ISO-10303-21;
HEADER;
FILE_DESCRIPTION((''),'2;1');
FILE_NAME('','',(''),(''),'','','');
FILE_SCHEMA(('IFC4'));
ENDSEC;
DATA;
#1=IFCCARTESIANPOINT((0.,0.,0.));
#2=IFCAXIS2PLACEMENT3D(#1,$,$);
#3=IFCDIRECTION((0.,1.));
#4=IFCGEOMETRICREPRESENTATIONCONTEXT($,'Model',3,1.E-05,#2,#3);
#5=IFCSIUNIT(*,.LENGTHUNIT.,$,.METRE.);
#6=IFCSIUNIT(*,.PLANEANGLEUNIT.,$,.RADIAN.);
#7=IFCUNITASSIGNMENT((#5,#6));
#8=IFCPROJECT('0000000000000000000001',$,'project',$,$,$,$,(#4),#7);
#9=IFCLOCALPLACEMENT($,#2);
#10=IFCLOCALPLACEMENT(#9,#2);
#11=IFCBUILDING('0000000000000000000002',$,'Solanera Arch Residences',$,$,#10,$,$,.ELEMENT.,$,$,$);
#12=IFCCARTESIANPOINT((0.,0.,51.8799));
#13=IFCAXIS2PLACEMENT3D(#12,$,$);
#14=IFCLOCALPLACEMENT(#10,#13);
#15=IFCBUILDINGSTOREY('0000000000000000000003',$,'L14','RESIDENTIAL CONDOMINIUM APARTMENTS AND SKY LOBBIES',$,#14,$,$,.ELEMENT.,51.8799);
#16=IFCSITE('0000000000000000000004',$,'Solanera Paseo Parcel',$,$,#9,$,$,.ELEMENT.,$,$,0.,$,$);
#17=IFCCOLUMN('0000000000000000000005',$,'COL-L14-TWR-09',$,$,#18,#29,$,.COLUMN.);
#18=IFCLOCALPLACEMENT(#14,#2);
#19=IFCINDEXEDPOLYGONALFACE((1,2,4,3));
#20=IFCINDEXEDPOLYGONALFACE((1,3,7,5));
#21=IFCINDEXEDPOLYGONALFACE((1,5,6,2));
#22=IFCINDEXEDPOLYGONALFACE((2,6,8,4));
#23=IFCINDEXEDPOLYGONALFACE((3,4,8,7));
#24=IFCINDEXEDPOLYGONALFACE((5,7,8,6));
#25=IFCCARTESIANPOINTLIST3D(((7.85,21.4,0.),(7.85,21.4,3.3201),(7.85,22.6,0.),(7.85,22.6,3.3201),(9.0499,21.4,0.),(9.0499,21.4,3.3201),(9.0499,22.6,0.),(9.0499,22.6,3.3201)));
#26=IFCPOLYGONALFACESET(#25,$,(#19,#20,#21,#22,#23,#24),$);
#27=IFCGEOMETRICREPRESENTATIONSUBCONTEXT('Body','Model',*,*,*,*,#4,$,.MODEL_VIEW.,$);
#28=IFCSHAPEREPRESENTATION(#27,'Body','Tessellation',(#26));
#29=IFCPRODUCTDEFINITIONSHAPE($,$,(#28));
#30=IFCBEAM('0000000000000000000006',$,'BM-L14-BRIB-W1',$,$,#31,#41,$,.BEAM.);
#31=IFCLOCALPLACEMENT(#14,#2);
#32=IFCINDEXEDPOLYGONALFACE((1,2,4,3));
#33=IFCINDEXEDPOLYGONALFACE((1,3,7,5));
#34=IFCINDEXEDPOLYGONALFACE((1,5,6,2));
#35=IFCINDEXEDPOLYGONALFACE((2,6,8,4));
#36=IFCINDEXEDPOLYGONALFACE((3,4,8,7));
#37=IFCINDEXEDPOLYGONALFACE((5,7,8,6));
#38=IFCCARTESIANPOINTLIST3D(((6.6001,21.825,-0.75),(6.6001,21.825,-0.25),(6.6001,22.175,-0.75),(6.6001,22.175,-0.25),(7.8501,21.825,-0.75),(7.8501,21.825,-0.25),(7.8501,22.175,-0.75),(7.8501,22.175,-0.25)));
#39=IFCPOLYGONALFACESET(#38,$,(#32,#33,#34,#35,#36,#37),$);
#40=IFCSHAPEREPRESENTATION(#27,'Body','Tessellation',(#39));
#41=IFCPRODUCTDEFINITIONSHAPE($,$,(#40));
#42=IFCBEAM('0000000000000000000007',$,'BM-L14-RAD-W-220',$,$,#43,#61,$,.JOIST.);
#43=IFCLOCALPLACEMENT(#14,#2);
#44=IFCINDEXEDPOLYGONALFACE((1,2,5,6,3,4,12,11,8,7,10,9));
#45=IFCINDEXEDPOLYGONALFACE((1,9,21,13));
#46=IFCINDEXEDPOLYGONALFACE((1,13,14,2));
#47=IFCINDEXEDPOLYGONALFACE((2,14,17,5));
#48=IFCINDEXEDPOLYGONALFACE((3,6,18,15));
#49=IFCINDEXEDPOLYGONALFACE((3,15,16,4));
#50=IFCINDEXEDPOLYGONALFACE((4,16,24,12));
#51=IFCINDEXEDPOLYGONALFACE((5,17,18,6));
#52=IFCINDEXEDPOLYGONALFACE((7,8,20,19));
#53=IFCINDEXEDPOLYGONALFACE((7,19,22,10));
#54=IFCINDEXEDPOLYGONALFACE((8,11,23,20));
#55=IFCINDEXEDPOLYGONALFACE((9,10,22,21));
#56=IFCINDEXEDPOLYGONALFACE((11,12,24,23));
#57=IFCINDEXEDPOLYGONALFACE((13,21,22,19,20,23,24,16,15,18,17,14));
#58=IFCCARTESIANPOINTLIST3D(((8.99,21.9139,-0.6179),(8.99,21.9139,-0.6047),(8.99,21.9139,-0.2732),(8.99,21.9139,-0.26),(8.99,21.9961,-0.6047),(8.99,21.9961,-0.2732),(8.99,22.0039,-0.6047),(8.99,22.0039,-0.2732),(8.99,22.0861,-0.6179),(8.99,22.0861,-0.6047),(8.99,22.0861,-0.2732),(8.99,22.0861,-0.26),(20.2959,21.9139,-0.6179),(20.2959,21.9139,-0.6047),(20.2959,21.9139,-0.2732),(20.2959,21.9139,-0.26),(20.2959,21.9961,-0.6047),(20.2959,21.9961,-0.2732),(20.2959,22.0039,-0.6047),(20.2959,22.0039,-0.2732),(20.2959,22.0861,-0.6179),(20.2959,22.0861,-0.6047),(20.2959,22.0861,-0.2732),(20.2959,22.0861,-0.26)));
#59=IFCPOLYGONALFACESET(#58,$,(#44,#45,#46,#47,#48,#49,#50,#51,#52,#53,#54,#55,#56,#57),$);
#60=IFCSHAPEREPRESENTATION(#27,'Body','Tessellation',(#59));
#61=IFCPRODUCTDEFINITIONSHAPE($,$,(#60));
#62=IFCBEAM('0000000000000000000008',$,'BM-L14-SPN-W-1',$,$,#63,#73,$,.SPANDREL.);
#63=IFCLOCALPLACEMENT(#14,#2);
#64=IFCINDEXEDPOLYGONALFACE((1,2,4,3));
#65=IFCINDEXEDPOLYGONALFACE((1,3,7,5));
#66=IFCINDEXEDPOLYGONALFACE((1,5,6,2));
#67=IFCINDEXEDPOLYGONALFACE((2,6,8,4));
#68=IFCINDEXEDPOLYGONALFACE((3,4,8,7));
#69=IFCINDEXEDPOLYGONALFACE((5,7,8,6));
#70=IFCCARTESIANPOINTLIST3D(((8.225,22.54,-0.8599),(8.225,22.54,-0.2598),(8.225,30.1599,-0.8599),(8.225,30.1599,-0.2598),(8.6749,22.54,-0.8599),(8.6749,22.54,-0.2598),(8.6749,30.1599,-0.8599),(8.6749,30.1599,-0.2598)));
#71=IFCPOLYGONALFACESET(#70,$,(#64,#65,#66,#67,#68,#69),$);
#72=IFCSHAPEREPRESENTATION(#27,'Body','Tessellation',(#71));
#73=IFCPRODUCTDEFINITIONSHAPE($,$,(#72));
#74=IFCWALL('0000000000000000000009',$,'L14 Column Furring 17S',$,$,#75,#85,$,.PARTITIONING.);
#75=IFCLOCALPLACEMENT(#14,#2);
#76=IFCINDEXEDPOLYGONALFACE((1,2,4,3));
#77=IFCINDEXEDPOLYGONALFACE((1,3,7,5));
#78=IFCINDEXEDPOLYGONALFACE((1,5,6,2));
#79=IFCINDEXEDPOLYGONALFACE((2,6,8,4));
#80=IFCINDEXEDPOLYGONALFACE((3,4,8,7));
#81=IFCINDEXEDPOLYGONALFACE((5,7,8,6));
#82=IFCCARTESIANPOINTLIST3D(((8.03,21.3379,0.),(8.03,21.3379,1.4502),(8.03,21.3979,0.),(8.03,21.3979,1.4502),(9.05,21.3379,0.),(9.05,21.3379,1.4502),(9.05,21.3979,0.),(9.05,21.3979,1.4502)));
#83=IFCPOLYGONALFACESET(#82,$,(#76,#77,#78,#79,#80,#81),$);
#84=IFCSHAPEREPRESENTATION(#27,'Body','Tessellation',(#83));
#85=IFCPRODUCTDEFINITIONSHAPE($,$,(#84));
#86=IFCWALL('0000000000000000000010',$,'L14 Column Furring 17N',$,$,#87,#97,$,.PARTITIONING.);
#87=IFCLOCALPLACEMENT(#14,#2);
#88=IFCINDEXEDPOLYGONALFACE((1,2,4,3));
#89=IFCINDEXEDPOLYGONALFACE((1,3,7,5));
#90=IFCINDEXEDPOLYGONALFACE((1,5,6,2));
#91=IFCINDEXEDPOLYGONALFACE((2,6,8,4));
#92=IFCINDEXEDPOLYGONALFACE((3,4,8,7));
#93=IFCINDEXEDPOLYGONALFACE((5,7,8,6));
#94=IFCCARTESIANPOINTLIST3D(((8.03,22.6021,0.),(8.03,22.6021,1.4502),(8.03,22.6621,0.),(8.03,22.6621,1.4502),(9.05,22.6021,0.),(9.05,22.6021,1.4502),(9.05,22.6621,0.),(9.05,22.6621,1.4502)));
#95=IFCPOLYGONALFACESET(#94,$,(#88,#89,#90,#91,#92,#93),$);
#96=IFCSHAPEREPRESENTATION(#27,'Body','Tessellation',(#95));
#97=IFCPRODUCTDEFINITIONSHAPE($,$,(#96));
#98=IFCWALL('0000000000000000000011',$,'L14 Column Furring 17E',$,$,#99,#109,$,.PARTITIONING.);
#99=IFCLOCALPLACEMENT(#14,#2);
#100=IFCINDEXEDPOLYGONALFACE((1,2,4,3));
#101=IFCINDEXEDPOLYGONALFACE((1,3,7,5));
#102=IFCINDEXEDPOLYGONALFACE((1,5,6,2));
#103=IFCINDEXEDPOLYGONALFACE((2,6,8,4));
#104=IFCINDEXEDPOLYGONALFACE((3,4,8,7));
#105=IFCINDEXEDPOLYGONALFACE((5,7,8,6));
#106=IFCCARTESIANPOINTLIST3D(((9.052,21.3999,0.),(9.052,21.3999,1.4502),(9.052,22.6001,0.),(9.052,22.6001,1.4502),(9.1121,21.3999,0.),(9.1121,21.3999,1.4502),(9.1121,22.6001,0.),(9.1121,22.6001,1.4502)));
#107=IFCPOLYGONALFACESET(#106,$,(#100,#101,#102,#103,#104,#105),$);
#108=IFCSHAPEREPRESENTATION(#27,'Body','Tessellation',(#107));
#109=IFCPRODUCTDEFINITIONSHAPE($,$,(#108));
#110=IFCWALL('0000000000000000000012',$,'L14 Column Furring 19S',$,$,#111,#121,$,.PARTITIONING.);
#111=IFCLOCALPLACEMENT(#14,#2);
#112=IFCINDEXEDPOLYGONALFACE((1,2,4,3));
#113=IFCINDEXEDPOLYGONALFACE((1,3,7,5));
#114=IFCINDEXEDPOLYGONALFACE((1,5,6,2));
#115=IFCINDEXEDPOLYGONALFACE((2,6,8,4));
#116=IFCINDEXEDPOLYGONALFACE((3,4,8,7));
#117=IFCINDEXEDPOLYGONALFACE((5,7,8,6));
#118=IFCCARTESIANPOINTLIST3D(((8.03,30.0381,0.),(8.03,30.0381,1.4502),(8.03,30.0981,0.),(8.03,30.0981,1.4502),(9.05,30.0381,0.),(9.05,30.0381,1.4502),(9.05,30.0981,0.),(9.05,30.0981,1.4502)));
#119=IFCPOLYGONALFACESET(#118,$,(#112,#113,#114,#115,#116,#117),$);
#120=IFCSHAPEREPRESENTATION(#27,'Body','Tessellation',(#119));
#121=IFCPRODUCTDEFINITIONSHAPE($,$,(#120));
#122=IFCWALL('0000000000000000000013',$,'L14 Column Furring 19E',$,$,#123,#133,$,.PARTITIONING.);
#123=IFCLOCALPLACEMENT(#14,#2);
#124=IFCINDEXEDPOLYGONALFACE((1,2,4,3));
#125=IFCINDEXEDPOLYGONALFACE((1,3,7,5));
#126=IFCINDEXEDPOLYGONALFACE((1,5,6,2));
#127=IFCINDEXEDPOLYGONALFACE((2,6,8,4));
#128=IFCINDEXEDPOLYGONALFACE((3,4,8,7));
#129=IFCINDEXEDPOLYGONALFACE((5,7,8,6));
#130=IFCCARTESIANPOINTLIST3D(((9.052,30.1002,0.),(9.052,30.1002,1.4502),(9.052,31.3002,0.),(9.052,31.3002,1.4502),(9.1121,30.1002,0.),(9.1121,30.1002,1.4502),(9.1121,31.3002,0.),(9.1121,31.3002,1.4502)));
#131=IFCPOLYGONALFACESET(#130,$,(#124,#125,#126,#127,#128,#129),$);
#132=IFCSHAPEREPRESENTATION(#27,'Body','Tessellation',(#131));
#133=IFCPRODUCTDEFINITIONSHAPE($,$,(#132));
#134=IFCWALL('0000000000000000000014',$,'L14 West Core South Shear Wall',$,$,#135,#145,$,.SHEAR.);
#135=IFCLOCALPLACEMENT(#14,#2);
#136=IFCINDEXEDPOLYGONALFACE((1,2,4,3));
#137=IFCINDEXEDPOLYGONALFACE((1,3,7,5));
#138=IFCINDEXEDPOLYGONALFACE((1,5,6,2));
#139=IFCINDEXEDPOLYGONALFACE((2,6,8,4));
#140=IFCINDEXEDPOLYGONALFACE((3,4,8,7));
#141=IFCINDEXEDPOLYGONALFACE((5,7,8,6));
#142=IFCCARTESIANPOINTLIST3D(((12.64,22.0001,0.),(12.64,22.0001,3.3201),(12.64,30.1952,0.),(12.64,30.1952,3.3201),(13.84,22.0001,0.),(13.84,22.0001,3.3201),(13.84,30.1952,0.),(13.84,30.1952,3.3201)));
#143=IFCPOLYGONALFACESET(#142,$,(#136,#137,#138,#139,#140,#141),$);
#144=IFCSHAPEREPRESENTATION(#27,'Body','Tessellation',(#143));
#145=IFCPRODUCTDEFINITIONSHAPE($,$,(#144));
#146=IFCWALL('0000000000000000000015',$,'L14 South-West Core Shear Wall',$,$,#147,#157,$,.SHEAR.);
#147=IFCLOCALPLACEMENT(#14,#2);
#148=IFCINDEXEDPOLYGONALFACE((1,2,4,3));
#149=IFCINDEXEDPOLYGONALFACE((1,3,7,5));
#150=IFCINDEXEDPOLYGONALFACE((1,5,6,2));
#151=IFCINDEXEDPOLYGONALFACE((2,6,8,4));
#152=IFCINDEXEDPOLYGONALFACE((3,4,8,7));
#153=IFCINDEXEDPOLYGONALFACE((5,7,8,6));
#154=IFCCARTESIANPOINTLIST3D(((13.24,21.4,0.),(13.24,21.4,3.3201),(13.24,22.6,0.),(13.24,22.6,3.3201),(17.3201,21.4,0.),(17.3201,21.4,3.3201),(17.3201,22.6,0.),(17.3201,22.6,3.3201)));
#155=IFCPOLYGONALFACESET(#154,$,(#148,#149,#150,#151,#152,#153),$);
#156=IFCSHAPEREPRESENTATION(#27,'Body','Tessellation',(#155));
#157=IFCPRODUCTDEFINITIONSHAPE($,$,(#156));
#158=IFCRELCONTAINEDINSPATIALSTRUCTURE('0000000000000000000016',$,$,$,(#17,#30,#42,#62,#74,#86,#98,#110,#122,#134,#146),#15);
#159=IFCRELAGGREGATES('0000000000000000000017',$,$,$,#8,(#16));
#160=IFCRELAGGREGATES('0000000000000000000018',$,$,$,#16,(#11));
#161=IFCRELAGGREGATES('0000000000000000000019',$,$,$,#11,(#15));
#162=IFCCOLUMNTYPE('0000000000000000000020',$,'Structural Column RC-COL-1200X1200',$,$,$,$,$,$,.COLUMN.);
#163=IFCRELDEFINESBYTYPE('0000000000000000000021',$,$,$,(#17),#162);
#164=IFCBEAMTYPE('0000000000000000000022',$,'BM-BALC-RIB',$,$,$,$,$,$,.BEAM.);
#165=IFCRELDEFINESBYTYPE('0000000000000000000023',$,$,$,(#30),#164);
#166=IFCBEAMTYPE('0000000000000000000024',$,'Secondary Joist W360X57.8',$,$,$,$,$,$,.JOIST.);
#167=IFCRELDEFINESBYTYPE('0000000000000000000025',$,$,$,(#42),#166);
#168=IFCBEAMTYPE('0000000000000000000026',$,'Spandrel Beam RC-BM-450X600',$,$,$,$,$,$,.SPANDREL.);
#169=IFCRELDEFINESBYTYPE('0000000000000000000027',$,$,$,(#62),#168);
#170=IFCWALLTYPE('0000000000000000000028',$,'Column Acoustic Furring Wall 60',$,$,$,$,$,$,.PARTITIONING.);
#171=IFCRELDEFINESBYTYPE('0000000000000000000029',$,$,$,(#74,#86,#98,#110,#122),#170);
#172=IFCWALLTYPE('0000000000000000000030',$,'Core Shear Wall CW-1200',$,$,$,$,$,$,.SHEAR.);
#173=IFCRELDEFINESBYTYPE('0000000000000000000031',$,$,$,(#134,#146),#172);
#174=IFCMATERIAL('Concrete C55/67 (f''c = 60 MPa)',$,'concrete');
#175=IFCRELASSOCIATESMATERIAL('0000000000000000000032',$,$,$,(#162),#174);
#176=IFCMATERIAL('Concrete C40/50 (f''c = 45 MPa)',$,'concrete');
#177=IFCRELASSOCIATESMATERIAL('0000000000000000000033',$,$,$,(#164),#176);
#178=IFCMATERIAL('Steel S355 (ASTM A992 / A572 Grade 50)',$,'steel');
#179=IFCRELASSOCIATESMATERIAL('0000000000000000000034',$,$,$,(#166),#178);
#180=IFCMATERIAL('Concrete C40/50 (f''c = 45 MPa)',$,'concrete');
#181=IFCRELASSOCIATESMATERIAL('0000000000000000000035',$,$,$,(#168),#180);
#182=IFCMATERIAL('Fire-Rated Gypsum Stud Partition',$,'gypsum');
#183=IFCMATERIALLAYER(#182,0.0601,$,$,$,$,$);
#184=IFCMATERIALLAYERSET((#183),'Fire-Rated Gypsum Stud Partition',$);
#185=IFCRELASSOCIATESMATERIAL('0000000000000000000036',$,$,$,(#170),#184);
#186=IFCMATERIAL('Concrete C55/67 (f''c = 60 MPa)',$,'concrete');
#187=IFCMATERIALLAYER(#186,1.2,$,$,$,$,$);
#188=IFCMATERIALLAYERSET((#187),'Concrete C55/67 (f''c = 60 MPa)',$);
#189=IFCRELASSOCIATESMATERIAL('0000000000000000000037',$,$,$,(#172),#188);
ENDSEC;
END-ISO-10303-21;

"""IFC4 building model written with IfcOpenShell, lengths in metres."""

from ifc_helpers import new_model, si_unit, direction, frame, frame_2d, origin, origin_2d, place, context, subcontext, project, spatial, rectangle, i_section, extrude, material, layer, layer_set, material_profile, profile_set, type_object, element, save


model = new_model("IFC4")

# Units and contexts
model_context = context("Model", 3, precision=1e-05, world=origin(), true_north=direction((0.0, 1.0)))
body_context = subcontext(model_context, "Body", "Model", "MODEL_VIEW")
ifc_project = project(units=[si_unit("LENGTHUNIT", "METRE"), si_unit("PLANEANGLEUNIT", "RADIAN")], contexts=[model_context])

# Site, building, storey
site_placement = place(None, origin())
site = spatial("IfcSite", under=ifc_project, at=site_placement, Name="Solanera Paseo Parcel", CompositionType="ELEMENT", RefElevation=0.0)
building_placement = place(site_placement, origin())
building = spatial("IfcBuilding", under=site, at=building_placement, Name="Solanera Arch Residences", CompositionType="ELEMENT")
storey_placement = place(building_placement, frame((0.0, 0.0, 51.8799)))
storey = spatial("IfcBuildingStorey", under=building, at=storey_placement, Name="L14", Description="RESIDENTIAL CONDOMINIUM APARTMENTS AND SKY LOBBIES", CompositionType="ELEMENT", Elevation=51.8799)

# Column
ifc_material_1 = material(Name="Concrete C55/67 (f'c = 60 MPa)", Category="concrete")
ifc_material_profile_1 = material_profile(ifc_material_1, rectangle(XDim=1.2, YDim=1.2, at=origin_2d()))
ifc_profile_set_1 = profile_set([ifc_material_profile_1], Name="Concrete C55/67 (f'c = 60 MPa)")
column_type = type_object("IfcColumnType", Name="Structural Column RC-COL-1200X1200", PredefinedType="COLUMN", material=ifc_profile_set_1)
column_placement = place(storey_placement, frame((8.45, 22.0, 0.0), z_axis=(0.0, 0.0, 1.0), x_axis=(1.0, 0.0, 0.0)))
element("IfcColumn", 1, at=column_placement, inside=storey, type_object=column_type, Name="COL-L14-TWR-09", PredefinedType="COLUMN", context=body_context, shape_type="SweptSolid", body=[
    extrude(rectangle(XDim=1.2, YDim=1.2, at=origin_2d()), origin(), (0.0, 0.0, 1.0), 3.3201),
])

# Beams
ifc_material_2 = material(Name="Concrete C40/50 (f'c = 45 MPa)", Category="concrete")
ifc_material_profile_2 = material_profile(ifc_material_2, rectangle(XDim=0.3501, YDim=0.5, at=origin_2d()))
ifc_profile_set_2 = profile_set([ifc_material_profile_2], Name="Concrete C40/50 (f'c = 45 MPa)")
beam_type_1 = type_object("IfcBeamType", Name="BM-BALC-RIB", PredefinedType="BEAM", material=ifc_profile_set_2)
beam_1_placement = place(storey_placement, frame((6.6001, 22.0, -0.5), z_axis=(1.0, 0.0, 0.0), x_axis=(0.0, 1.0, 0.0)))
element("IfcBeam", 2, at=beam_1_placement, inside=storey, type_object=beam_type_1, Name="BM-L14-BRIB-W1", PredefinedType="BEAM", context=body_context, shape_type="SweptSolid", body=[
    extrude(rectangle(XDim=0.3501, YDim=0.5, at=origin_2d()), origin(), (0.0, 0.0, 1.0), 1.25),
])
ifc_material_3 = material(Name="Steel S355 (ASTM A992 / A572 Grade 50)", Category="steel")
ifc_material_profile_3 = material_profile(ifc_material_3, i_section(OverallWidth=0.1721, OverallDepth=0.3579, WebThickness=0.0078, FlangeThickness=0.0132, at=origin_2d()))
ifc_profile_set_3 = profile_set([ifc_material_profile_3], Name="Steel S355 (ASTM A992 / A572 Grade 50)")
beam_type_2 = type_object("IfcBeamType", Name="Secondary Joist W360X57.8", PredefinedType="JOIST", material=ifc_profile_set_3)
beam_2_placement = place(storey_placement, frame((8.99, 22.0, -0.439), z_axis=(1.0, 0.0, 0.0), x_axis=(0.0, 1.0, 0.0)))
element("IfcBeam", 3, at=beam_2_placement, inside=storey, type_object=beam_type_2, Name="BM-L14-RAD-W-220", PredefinedType="JOIST", context=body_context, shape_type="SweptSolid", body=[
    extrude(i_section(OverallWidth=0.1721, OverallDepth=0.3579, WebThickness=0.0078, FlangeThickness=0.0132, at=origin_2d()), origin(), (0.0, 0.0, 1.0), 11.3059),
])
ifc_material_4 = material(Name="Concrete C40/50 (f'c = 45 MPa)", Category="concrete")
ifc_material_profile_4 = material_profile(ifc_material_4, rectangle(XDim=0.45, YDim=0.6001, at=origin_2d()))
ifc_profile_set_4 = profile_set([ifc_material_profile_4], Name="Concrete C40/50 (f'c = 45 MPa)")
beam_type_3 = type_object("IfcBeamType", Name="Spandrel Beam RC-BM-450X600", PredefinedType="SPANDREL", material=ifc_profile_set_4)
beam_3_placement = place(storey_placement, frame((8.45, 22.54, -0.5598), z_axis=(0.0, 1.0, 0.0), x_axis=(-1.0, 0.0, 0.0)))
element("IfcBeam", 4, at=beam_3_placement, inside=storey, type_object=beam_type_3, Name="BM-L14-SPN-W-1", PredefinedType="SPANDREL", context=body_context, shape_type="SweptSolid", body=[
    extrude(rectangle(XDim=0.45, YDim=0.6001, at=origin_2d()), origin(), (0.0, 0.0, 1.0), 7.6199),
])

# Walls
ifc_material_5 = material(Name="Fire-Rated Gypsum Stud Partition", Category="gypsum")
ifc_layer_1 = layer(ifc_material_5, 0.0601)
ifc_layer_set_1 = layer_set([ifc_layer_1], Name="Fire-Rated Gypsum Stud Partition")
wall_type_1 = type_object("IfcWallType", Name="Column Acoustic Furring Wall 60", PredefinedType="PARTITIONING", material=ifc_layer_set_1)
for number, where, z_axis, x_axis, name in (
    (5, (8.03, 21.3679, 0.0), (0.0, 0.0, 1.0), (1.0, 0.0, 0.0), "L14 Column Furring 17S"),
    (6, (8.03, 22.6321, 0.0), (0.0, 0.0, 1.0), (1.0, 0.0, 0.0), "L14 Column Furring 17N"),
):
    element("IfcWall", number, at=place(storey_placement, frame(where, z_axis=z_axis, x_axis=x_axis)), inside=storey, type_object=wall_type_1, Name=name, PredefinedType="PARTITIONING", context=body_context, shape_type="SweptSolid", body=[
        extrude(rectangle(XDim=1.02, YDim=0.0601, at=frame_2d((0.51, 0.0))), origin(), (0.0, 0.0, 1.0), 1.4502),
    ])
wall_1_placement = place(storey_placement, frame((9.082, 21.3999, 0.0), z_axis=(0.0, 0.0, 1.0), x_axis=(0.0, 1.0, 0.0)))
element("IfcWall", 7, at=wall_1_placement, inside=storey, type_object=wall_type_1, Name="L14 Column Furring 17E", PredefinedType="PARTITIONING", context=body_context, shape_type="SweptSolid", body=[
    extrude(rectangle(XDim=1.2002, YDim=0.0601, at=frame_2d((0.6001, 0.0))), origin(), (0.0, 0.0, 1.0), 1.4502),
])
wall_2_placement = place(storey_placement, frame((8.03, 30.0681, 0.0), z_axis=(0.0, 0.0, 1.0), x_axis=(1.0, 0.0, 0.0)))
element("IfcWall", 8, at=wall_2_placement, inside=storey, type_object=wall_type_1, Name="L14 Column Furring 19S", PredefinedType="PARTITIONING", context=body_context, shape_type="SweptSolid", body=[
    extrude(rectangle(XDim=1.02, YDim=0.0601, at=frame_2d((0.51, 0.0))), origin(), (0.0, 0.0, 1.0), 1.4502),
])
wall_3_placement = place(storey_placement, frame((9.082, 30.1001, 0.0), z_axis=(0.0, 0.0, 1.0), x_axis=(0.0, 1.0, 0.0)))
element("IfcWall", 9, at=wall_3_placement, inside=storey, type_object=wall_type_1, Name="L14 Column Furring 19E", PredefinedType="PARTITIONING", context=body_context, shape_type="SweptSolid", body=[
    extrude(rectangle(XDim=1.2, YDim=0.0601, at=frame_2d((0.6001, 0.0))), origin(), (0.0, 0.0, 1.0), 1.4502),
])
ifc_material_6 = material(Name="Concrete C55/67 (f'c = 60 MPa)", Category="concrete")
ifc_layer_2 = layer(ifc_material_6, 1.2)
ifc_layer_set_2 = layer_set([ifc_layer_2], Name="Concrete C55/67 (f'c = 60 MPa)")
wall_type_2 = type_object("IfcWallType", Name="Core Shear Wall CW-1200", PredefinedType="SHEAR", material=ifc_layer_set_2)
wall_4_placement = place(storey_placement, frame((13.24, 22.0, 0.0), z_axis=(0.0, 0.0, 1.0), x_axis=(0.0, 1.0, 0.0)))
element("IfcWall", 10, at=wall_4_placement, inside=storey, type_object=wall_type_2, Name="L14 West Core South Shear Wall", PredefinedType="SHEAR", context=body_context, shape_type="SweptSolid", body=[
    extrude(rectangle(XDim=8.1951, YDim=1.2, at=frame_2d((4.0977, 0.0))), origin(), (0.0, 0.0, 1.0), 3.3201),
])
wall_5_placement = place(storey_placement, frame((13.24, 22.0, 0.0), z_axis=(0.0, 0.0, 1.0), x_axis=(1.0, 0.0, 0.0)))
element("IfcWall", 11, at=wall_5_placement, inside=storey, type_object=wall_type_2, Name="L14 South-West Core Shear Wall", PredefinedType="SHEAR", context=body_context, shape_type="SweptSolid", body=[
    extrude(rectangle(XDim=4.0801, YDim=1.2, at=frame_2d((2.04, 0.0))), origin(), (0.0, 0.0, 1.0), 3.3201),
])

save(model, "model.ifc")
